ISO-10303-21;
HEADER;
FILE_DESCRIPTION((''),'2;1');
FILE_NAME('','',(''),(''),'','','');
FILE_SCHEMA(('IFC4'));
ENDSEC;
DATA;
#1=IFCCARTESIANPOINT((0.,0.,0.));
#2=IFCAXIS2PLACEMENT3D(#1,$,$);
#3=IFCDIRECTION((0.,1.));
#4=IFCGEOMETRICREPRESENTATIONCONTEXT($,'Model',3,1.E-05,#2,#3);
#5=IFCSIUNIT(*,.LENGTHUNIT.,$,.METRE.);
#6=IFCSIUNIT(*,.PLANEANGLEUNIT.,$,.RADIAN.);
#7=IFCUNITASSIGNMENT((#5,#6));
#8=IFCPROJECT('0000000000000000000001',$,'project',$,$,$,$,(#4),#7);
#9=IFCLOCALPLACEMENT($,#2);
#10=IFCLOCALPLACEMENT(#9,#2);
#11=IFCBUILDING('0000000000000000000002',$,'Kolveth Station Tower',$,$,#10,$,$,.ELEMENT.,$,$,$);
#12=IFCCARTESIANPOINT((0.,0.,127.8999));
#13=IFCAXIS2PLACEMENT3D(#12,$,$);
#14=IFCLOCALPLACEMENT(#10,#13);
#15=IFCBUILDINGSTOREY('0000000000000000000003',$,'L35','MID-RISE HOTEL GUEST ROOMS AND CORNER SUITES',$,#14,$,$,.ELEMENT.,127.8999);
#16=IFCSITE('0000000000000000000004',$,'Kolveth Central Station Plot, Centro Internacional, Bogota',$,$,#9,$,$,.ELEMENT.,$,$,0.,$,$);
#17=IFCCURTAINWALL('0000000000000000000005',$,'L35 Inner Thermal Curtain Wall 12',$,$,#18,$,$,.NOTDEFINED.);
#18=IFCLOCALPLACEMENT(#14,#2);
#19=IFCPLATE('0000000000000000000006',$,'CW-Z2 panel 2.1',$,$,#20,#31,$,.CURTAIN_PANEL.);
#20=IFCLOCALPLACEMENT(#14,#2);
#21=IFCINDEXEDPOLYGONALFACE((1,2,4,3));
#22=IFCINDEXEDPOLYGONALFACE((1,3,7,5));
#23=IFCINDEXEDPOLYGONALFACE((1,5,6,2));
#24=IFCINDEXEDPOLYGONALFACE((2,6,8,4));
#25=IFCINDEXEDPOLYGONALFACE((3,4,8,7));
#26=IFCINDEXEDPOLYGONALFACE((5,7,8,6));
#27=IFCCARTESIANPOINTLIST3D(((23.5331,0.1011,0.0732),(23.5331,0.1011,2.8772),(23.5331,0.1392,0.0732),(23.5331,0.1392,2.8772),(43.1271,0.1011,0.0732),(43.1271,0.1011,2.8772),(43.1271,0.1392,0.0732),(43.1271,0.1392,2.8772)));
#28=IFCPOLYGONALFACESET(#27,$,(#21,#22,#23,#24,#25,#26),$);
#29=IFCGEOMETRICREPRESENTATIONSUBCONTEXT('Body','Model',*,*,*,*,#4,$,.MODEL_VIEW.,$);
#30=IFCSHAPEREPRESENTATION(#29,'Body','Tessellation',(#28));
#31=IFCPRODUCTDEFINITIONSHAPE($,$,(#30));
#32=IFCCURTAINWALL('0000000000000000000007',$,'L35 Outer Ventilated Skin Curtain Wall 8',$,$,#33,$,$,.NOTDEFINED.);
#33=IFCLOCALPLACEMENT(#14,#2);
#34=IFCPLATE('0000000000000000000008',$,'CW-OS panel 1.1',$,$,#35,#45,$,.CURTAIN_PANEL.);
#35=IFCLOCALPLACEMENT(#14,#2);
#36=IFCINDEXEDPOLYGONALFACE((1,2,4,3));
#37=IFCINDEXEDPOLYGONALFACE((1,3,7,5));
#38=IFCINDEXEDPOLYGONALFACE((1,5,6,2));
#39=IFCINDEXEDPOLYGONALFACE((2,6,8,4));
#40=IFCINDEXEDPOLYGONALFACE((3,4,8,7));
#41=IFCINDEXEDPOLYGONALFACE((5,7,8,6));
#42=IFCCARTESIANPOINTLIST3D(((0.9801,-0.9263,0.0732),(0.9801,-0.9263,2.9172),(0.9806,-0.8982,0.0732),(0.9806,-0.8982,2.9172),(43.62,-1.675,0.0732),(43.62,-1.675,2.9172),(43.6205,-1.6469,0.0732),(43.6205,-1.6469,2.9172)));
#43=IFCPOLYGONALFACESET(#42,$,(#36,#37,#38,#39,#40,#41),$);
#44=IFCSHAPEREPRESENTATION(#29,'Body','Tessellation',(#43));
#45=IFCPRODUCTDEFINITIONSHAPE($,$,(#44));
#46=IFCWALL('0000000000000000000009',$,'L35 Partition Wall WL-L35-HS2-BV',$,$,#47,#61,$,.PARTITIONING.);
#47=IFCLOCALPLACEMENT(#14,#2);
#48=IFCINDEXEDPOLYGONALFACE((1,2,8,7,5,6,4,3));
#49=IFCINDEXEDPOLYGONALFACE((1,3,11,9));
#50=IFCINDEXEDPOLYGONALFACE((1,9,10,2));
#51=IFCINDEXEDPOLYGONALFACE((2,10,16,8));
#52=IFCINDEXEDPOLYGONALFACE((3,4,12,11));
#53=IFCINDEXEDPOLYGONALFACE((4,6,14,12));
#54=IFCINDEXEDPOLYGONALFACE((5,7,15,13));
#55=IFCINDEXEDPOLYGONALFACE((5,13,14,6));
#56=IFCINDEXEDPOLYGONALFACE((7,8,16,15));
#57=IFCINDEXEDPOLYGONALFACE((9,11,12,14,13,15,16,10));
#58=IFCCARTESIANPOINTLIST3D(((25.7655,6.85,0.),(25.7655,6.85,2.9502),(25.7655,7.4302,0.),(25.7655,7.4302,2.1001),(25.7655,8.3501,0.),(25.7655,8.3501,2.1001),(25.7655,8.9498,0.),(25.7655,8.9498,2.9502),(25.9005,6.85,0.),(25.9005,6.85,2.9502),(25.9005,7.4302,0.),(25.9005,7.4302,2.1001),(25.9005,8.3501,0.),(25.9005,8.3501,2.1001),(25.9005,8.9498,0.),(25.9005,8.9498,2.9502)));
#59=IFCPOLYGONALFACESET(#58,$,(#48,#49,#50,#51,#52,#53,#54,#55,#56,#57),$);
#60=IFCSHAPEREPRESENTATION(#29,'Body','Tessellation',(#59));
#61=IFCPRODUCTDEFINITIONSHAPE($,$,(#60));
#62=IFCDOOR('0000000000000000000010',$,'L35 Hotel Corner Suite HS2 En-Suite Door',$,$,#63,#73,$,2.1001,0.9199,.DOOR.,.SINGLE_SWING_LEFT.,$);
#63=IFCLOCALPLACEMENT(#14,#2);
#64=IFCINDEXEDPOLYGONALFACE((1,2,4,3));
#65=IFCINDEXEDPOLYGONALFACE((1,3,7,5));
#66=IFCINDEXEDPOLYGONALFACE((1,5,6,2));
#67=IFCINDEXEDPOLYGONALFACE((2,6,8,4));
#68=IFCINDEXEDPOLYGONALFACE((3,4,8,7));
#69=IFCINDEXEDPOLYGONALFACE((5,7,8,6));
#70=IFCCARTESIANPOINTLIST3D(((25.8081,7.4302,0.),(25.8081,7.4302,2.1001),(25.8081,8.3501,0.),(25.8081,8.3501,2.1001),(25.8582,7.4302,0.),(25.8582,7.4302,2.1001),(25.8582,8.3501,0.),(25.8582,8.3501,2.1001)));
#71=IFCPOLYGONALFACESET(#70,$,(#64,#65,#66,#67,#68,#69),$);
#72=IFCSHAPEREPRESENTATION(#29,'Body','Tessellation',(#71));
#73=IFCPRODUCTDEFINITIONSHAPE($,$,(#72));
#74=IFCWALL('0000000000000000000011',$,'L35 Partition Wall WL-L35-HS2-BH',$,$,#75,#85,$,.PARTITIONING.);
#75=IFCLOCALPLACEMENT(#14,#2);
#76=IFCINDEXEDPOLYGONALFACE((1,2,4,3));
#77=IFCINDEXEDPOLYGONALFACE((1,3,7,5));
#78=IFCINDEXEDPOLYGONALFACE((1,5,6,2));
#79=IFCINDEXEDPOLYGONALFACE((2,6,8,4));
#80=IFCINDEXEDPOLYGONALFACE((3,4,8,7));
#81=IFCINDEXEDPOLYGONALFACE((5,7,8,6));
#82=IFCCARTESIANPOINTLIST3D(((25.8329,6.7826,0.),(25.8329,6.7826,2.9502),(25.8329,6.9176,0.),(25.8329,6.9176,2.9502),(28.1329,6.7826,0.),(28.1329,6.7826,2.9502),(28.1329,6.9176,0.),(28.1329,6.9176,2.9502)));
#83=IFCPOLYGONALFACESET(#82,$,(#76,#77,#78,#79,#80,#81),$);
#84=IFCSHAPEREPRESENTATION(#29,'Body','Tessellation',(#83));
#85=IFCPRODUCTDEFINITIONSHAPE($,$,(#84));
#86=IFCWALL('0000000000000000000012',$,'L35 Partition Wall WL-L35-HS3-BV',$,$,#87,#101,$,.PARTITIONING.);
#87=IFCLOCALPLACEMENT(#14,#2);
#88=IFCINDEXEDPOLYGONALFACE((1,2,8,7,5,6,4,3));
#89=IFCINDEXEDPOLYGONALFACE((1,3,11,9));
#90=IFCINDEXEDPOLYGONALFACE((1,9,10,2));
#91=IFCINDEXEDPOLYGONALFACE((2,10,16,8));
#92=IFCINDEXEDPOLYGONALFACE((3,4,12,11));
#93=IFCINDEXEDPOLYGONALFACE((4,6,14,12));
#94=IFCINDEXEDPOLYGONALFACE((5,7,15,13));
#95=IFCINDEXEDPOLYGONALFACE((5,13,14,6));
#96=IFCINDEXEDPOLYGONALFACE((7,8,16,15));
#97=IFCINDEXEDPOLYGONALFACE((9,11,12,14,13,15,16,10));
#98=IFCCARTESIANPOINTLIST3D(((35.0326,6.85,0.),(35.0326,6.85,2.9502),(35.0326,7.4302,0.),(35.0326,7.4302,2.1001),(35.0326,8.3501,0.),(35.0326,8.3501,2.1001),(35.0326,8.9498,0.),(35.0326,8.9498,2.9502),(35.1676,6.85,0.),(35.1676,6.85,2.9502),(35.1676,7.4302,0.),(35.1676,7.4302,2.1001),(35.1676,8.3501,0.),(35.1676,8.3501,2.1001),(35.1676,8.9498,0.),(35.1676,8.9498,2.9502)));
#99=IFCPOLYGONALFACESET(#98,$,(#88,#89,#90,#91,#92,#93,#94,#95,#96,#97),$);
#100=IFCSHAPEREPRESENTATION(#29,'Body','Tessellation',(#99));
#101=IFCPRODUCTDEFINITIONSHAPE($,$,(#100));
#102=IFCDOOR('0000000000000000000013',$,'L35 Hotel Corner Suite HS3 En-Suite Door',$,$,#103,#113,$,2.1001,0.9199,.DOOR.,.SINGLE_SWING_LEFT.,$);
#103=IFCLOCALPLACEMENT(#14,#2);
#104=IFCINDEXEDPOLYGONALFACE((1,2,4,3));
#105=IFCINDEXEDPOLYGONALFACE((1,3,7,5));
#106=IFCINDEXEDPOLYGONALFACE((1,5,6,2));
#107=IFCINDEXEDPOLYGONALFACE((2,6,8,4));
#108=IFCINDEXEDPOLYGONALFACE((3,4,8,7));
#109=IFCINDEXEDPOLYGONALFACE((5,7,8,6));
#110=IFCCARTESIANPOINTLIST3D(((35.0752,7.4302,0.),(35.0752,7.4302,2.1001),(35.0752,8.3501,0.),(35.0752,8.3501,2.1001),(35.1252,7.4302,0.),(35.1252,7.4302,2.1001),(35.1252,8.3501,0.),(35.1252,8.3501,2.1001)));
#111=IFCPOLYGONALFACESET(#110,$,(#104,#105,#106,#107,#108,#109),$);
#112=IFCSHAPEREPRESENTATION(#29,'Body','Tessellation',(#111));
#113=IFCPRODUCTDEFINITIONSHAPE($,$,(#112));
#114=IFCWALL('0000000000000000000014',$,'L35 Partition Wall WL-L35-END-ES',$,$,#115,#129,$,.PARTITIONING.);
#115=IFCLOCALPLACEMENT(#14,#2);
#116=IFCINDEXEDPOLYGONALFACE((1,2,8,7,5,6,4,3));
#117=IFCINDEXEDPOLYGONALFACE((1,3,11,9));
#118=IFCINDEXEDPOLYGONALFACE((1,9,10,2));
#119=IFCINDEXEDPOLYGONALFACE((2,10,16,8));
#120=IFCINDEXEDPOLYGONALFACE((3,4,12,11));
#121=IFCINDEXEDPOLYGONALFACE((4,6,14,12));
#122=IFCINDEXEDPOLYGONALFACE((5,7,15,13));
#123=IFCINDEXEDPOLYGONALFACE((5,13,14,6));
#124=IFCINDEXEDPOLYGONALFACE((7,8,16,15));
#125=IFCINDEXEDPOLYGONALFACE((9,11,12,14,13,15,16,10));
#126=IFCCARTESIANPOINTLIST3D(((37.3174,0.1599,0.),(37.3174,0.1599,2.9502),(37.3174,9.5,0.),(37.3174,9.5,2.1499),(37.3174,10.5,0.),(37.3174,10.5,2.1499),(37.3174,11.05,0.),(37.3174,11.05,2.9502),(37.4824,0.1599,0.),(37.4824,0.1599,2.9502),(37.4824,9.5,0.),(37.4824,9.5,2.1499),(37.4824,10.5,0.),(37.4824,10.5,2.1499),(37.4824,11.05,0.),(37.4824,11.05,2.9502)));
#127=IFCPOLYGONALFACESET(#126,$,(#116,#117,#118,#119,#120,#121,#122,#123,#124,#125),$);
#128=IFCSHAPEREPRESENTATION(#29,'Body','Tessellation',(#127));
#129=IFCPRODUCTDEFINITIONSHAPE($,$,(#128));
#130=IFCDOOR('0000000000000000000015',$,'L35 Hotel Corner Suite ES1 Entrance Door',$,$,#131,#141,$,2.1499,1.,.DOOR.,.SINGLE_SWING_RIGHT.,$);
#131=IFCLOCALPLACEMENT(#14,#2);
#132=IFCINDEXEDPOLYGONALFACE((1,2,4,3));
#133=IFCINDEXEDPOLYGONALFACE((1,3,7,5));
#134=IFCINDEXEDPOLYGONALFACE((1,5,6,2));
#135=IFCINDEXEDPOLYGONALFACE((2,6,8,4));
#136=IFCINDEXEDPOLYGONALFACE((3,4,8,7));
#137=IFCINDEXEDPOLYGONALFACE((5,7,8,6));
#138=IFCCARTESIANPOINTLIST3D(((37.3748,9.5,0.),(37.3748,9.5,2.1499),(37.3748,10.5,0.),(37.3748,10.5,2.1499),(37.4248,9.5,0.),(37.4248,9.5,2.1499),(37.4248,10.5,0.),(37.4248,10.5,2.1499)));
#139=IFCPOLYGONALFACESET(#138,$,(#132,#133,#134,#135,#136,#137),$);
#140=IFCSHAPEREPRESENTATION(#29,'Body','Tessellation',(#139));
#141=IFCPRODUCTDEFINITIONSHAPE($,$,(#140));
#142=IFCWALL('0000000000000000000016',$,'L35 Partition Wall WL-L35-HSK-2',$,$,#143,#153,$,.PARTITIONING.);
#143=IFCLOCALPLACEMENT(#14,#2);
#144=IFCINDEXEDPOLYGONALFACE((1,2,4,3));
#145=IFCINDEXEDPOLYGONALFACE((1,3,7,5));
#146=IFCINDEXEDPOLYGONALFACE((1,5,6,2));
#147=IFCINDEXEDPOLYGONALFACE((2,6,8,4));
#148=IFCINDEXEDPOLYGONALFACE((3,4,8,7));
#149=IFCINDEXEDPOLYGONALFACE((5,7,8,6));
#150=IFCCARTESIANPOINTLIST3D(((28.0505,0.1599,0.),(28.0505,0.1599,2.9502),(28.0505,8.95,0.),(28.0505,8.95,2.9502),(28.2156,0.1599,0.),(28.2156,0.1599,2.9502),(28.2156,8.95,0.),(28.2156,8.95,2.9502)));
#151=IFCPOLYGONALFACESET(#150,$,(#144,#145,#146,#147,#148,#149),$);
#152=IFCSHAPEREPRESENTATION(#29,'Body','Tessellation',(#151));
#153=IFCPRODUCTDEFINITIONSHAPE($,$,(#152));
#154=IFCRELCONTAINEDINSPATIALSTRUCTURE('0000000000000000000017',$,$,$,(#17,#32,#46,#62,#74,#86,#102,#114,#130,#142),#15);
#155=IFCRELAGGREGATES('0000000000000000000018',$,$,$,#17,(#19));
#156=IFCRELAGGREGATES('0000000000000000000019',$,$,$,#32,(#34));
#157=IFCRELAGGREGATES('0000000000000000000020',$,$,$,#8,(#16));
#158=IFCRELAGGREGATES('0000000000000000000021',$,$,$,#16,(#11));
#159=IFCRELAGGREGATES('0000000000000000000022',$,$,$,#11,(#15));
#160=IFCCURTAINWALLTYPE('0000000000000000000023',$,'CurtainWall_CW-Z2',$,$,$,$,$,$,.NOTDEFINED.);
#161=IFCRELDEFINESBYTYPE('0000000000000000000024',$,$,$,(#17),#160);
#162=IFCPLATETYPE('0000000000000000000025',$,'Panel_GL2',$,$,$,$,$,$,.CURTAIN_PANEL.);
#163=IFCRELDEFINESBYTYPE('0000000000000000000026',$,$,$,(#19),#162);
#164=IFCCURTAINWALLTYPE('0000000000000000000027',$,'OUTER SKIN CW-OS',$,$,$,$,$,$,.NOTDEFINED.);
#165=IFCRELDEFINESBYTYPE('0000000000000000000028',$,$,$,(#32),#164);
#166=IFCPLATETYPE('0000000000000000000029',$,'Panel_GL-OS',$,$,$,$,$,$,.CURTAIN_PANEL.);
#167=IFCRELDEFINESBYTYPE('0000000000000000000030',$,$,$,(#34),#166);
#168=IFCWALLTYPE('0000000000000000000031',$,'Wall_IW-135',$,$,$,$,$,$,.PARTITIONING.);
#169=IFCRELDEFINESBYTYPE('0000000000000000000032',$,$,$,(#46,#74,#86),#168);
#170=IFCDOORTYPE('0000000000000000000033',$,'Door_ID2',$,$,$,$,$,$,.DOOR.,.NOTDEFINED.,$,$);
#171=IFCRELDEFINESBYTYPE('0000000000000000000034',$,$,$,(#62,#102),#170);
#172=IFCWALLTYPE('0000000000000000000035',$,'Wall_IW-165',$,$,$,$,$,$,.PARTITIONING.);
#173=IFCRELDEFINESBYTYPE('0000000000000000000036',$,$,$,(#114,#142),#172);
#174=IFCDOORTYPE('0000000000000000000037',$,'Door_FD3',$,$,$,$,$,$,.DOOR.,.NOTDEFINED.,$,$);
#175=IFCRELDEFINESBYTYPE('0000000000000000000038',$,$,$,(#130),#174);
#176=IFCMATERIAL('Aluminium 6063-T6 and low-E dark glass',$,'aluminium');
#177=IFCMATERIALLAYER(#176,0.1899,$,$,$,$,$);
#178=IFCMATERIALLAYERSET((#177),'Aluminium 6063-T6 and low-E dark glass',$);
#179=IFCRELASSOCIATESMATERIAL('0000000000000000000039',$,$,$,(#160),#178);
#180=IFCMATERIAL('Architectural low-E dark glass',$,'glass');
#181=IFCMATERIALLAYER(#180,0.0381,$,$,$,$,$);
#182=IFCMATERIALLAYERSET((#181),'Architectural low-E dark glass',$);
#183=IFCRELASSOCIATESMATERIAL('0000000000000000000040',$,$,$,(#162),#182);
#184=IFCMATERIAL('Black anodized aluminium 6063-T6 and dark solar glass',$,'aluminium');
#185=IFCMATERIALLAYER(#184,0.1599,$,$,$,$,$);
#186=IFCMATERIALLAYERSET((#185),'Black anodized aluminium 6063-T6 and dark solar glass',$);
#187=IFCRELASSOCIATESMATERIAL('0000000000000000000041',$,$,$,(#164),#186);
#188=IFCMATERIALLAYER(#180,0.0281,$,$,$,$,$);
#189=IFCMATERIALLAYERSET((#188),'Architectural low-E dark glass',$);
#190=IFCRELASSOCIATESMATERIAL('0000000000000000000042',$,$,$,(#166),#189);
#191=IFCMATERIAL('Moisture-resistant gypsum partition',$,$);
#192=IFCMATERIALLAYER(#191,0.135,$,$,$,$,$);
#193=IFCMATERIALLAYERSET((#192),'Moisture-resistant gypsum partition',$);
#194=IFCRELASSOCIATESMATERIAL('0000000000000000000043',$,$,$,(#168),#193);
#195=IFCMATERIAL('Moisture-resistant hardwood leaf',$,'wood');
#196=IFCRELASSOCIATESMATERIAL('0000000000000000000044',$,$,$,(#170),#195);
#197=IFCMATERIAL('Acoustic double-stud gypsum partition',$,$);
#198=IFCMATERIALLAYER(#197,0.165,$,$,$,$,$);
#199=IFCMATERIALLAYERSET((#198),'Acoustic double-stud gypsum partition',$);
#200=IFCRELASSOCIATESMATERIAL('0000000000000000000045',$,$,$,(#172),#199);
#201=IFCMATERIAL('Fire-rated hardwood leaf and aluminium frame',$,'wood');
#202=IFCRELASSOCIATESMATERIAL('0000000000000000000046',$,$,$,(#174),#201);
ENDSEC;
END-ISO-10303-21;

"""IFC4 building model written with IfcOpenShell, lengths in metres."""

from ifc_helpers import new_model, si_unit, direction, frame, frame_2d, origin, origin_2d, place, context, subcontext, project, spatial, rectangle, extrude, source, transform, mapped, material, layer, layer_set, type_object, element, fill, aggregate, save


model = new_model("IFC4")

# Units and contexts
model_context = context("Model", 3, precision=1e-05, world=origin(), true_north=direction((0.0, 1.0)))
body_context = subcontext(model_context, "Body", "Model", "MODEL_VIEW")
ifc_project = project(units=[si_unit("LENGTHUNIT", "METRE"), si_unit("PLANEANGLEUNIT", "RADIAN")], contexts=[model_context])

# Site, building, storey
site_placement = place(None, origin())
site = spatial("IfcSite", under=ifc_project, at=site_placement, Name="Kolveth Central Station Plot, Centro Internacional, Bogota", CompositionType="ELEMENT", RefElevation=0.0)
building_placement = place(site_placement, origin())
building = spatial("IfcBuilding", under=site, at=building_placement, Name="Kolveth Station Tower", CompositionType="ELEMENT")
storey_placement = place(building_placement, frame((0.0, 0.0, 127.8999)))
storey = spatial("IfcBuildingStorey", under=building, at=storey_placement, Name="L35", Description="MID-RISE HOTEL GUEST ROOMS AND CORNER SUITES", CompositionType="ELEMENT", Elevation=127.8999)

# Curtain wall, plate
ifc_material_1 = material(Name="Aluminium 6063-T6 and low-E dark glass", Category="aluminium")
ifc_layer_1 = layer(ifc_material_1, 0.1899)
ifc_layer_set_1 = layer_set([ifc_layer_1], Name="Aluminium 6063-T6 and low-E dark glass")
curtain_wall_type_1 = type_object("IfcCurtainWallType", Name="CurtainWall_CW-Z2", PredefinedType="NOTDEFINED", material=ifc_layer_set_1)
curtain_wall_1_placement = place(storey_placement, origin())
curtain_wall_1 = element("IfcCurtainWall", 1, at=curtain_wall_1_placement, inside=storey, type_object=curtain_wall_type_1, Name="L35 Inner Thermal Curtain Wall 12", PredefinedType="NOTDEFINED")
ifc_material_2 = material(Name="Architectural low-E dark glass", Category="glass")
ifc_layer_2 = layer(ifc_material_2, 0.0381)
ifc_layer_set_2 = layer_set([ifc_layer_2], Name="Architectural low-E dark glass")
plate_type_1 = type_object("IfcPlateType", Name="Panel_GL2", PredefinedType="CURTAIN_PANEL", material=ifc_layer_set_2)
shared_shape_1 = source(origin(), body_context, "Body", "SweptSolid", [
    extrude(rectangle(XDim=19.594, YDim=0.0381, at=origin_2d()), origin(), (0.0, 0.0, 1.0), 2.804),
])
plate_1_placement = place(storey_placement, frame((33.3301, 0.1201, 0.0732), z_axis=(0.0, 0.0, 1.0), x_axis=(1.0, 0.0, 0.0)))
plate_1 = element("IfcPlate", 2, at=plate_1_placement, type_object=plate_type_1, Name="CW-Z2 panel 2.1", PredefinedType="CURTAIN_PANEL", context=body_context, shape_type="MappedRepresentation", body=[
    mapped(shared_shape_1, transform((0.0, 0.0, 0.0), x_axis=(1.0, 0.0, 0.0), y_axis=(0.0, 1.0, 0.0), z_axis=(0.0, 0.0, 1.0), scale=1.0)),
])
aggregate(curtain_wall_1, [plate_1])

# Curtain wall, plate
ifc_material_3 = material(Name="Black anodized aluminium 6063-T6 and dark solar glass", Category="aluminium")
ifc_layer_3 = layer(ifc_material_3, 0.1599)
ifc_layer_set_3 = layer_set([ifc_layer_3], Name="Black anodized aluminium 6063-T6 and dark solar glass")
curtain_wall_type_2 = type_object("IfcCurtainWallType", Name="OUTER SKIN CW-OS", PredefinedType="NOTDEFINED", material=ifc_layer_set_3)
curtain_wall_2_placement = place(storey_placement, origin())
curtain_wall_2 = element("IfcCurtainWall", 3, at=curtain_wall_2_placement, inside=storey, type_object=curtain_wall_type_2, Name="L35 Outer Ventilated Skin Curtain Wall 8", PredefinedType="NOTDEFINED")
ifc_layer_4 = layer(ifc_material_2, 0.0281)
ifc_layer_set_4 = layer_set([ifc_layer_4], Name="Architectural low-E dark glass")
plate_type_2 = type_object("IfcPlateType", Name="Panel_GL-OS", PredefinedType="CURTAIN_PANEL", material=ifc_layer_set_4)
shared_shape_2 = source(origin(), body_context, "Body", "SweptSolid", [
    extrude(rectangle(XDim=42.6465, YDim=0.0281, at=origin_2d()), origin(), (0.0, 0.0, 1.0), 2.844),
])
plate_2_placement = place(storey_placement, frame((22.3003, -1.2866, 0.0732), z_axis=(0.0, 0.0, 1.0), x_axis=(0.999846, -0.017556, 0.0)))
plate_2 = element("IfcPlate", 4, at=plate_2_placement, type_object=plate_type_2, Name="CW-OS panel 1.1", PredefinedType="CURTAIN_PANEL", context=body_context, shape_type="MappedRepresentation", body=[
    mapped(shared_shape_2, transform((0.0, 0.0, 0.0), x_axis=(1.0, 0.0, 0.0), y_axis=(0.0, 1.0, 0.0), z_axis=(0.0, 0.0, 1.0), scale=1.0)),
])
aggregate(curtain_wall_2, [plate_2])

# Wall, opening, door
ifc_material_4 = material(Name="Moisture-resistant gypsum partition")
ifc_layer_5 = layer(ifc_material_4, 0.135)
ifc_layer_set_5 = layer_set([ifc_layer_5], Name="Moisture-resistant gypsum partition")
wall_type_1 = type_object("IfcWallType", Name="Wall_IW-135", PredefinedType="PARTITIONING", material=ifc_layer_set_5)
wall_1_placement = place(storey_placement, frame((25.833, 6.8501, 0.0), z_axis=(0.0, 0.0, 1.0), x_axis=(0.0, 1.0, 0.0)))
wall_1 = element("IfcWall", 5, at=wall_1_placement, inside=storey, type_object=wall_type_1, Name="L35 Partition Wall WL-L35-HS2-BV", PredefinedType="PARTITIONING", context=body_context, shape_type="SweptSolid", body=[
    extrude(rectangle(XDim=2.0999, YDim=0.135, at=frame_2d((1.0498, 0.0))), origin(), (0.0, 0.0, 1.0), 2.9502),
])
opening_1_placement = place(wall_1_placement, frame((0.5801, 0.0, 0.0)))
opening_1 = element("IfcOpeningElement", 6, at=opening_1_placement, cuts=wall_1, PredefinedType="OPENING", context=body_context, shape_type="SweptSolid", body=[
    extrude(rectangle(XDim=0.9199, YDim=2.1001, at=frame_2d((0.46, 1.05))), frame((0.0, 0.0774, 0.0), z_axis=(0.0, -1.0, 0.0), x_axis=(1.0, 0.0, 0.0)), (0.0, 0.0, 1.0), 0.155),
])
ifc_material_5 = material(Name="Moisture-resistant hardwood leaf", Category="wood")
door_type_1 = type_object("IfcDoorType", Name="Door_ID2", OperationType="NOTDEFINED", PredefinedType="DOOR", material=ifc_material_5)
door_1_placement = place(opening_1_placement, origin())
door_1 = element("IfcDoor", 7, at=door_1_placement, inside=storey, type_object=door_type_1, Name="L35 Hotel Corner Suite HS2 En-Suite Door", OperationType="SINGLE_SWING_LEFT", OverallHeight=2.1001, OverallWidth=0.9199, PredefinedType="DOOR", context=body_context, shape_type="SweptSolid", body=[
    extrude(rectangle(XDim=0.9199, YDim=2.1001, at=frame_2d((0.46, 1.05))), frame((0.0, 0.0249, 0.0), z_axis=(0.0, -1.0, 0.0), x_axis=(1.0, 0.0, 0.0)), (0.0, 0.0, 1.0), 0.05),
])
fill(opening_1, door_1)

# Wall
wall_2_placement = place(storey_placement, frame((25.833, 6.8501, 0.0), z_axis=(0.0, 0.0, 1.0), x_axis=(1.0, 0.0, 0.0)))
element("IfcWall", 8, at=wall_2_placement, inside=storey, type_object=wall_type_1, Name="L35 Partition Wall WL-L35-HS2-BH", PredefinedType="PARTITIONING", context=body_context, shape_type="SweptSolid", body=[
    extrude(rectangle(XDim=2.3, YDim=0.135, at=frame_2d((1.1499, 0.0))), origin(), (0.0, 0.0, 1.0), 2.9502),
])

# Walls, openings, doors
wall_3_placement = place(storey_placement, frame((35.1001, 6.8501, 0.0), z_axis=(0.0, 0.0, 1.0), x_axis=(0.0, 1.0, 0.0)))
wall_3 = element("IfcWall", 9, at=wall_3_placement, inside=storey, type_object=wall_type_1, Name="L35 Partition Wall WL-L35-HS3-BV", PredefinedType="PARTITIONING", context=body_context, shape_type="SweptSolid", body=[
    extrude(rectangle(XDim=2.0999, YDim=0.135, at=frame_2d((1.0498, 0.0))), origin(), (0.0, 0.0, 1.0), 2.9502),
])
opening_2_placement = place(wall_3_placement, frame((0.5801, 0.0, 0.0)))
opening_2 = element("IfcOpeningElement", 10, at=opening_2_placement, cuts=wall_3, PredefinedType="OPENING", context=body_context, shape_type="SweptSolid", body=[
    extrude(rectangle(XDim=0.9199, YDim=2.1001, at=frame_2d((0.46, 1.05))), frame((0.0, 0.0774, 0.0), z_axis=(0.0, -1.0, 0.0), x_axis=(1.0, 0.0, 0.0)), (0.0, 0.0, 1.0), 0.155),
])
door_2_placement = place(opening_2_placement, origin())
door_2 = element("IfcDoor", 11, at=door_2_placement, inside=storey, type_object=door_type_1, Name="L35 Hotel Corner Suite HS3 En-Suite Door", OperationType="SINGLE_SWING_LEFT", OverallHeight=2.1001, OverallWidth=0.9199, PredefinedType="DOOR", context=body_context, shape_type="SweptSolid", body=[
    extrude(rectangle(XDim=0.9199, YDim=2.1001, at=frame_2d((0.46, 1.05))), frame((0.0, 0.0249, 0.0), z_axis=(0.0, -1.0, 0.0), x_axis=(1.0, 0.0, 0.0)), (0.0, 0.0, 1.0), 0.05),
])
fill(opening_2, door_2)
ifc_material_6 = material(Name="Acoustic double-stud gypsum partition")
ifc_layer_6 = layer(ifc_material_6, 0.165)
ifc_layer_set_6 = layer_set([ifc_layer_6], Name="Acoustic double-stud gypsum partition")
wall_type_2 = type_object("IfcWallType", Name="Wall_IW-165", PredefinedType="PARTITIONING", material=ifc_layer_set_6)
wall_4_placement = place(storey_placement, frame((37.3999, 0.1599, 0.0), z_axis=(0.0, 0.0, 1.0), x_axis=(0.0, 1.0, 0.0)))
wall_4 = element("IfcWall", 12, at=wall_4_placement, inside=storey, type_object=wall_type_2, Name="L35 Partition Wall WL-L35-END-ES", PredefinedType="PARTITIONING", context=body_context, shape_type="SweptSolid", body=[
    extrude(rectangle(XDim=10.8901, YDim=0.165, at=frame_2d((5.4451, 0.0))), origin(), (0.0, 0.0, 1.0), 2.9502),
])
opening_3_placement = place(wall_4_placement, frame((9.3401, 0.0, 0.0)))
opening_3 = element("IfcOpeningElement", 13, at=opening_3_placement, cuts=wall_4, PredefinedType="OPENING", context=body_context, shape_type="SweptSolid", body=[
    extrude(rectangle(XDim=1.0, YDim=2.1499, at=frame_2d((0.5, 1.075))), frame((0.0, 0.0925, 0.0), z_axis=(0.0, -1.0, 0.0), x_axis=(1.0, 0.0, 0.0)), (0.0, 0.0, 1.0), 0.1851),
])
ifc_material_7 = material(Name="Fire-rated hardwood leaf and aluminium frame", Category="wood")
door_type_2 = type_object("IfcDoorType", Name="Door_FD3", OperationType="NOTDEFINED", PredefinedType="DOOR", material=ifc_material_7)
door_3_placement = place(opening_3_placement, frame((1.0, 0.0, 0.0), z_axis=(0.0, 0.0, 1.0), x_axis=(-1.0, 0.0, 0.0)))
door_3 = element("IfcDoor", 14, at=door_3_placement, inside=storey, type_object=door_type_2, Name="L35 Hotel Corner Suite ES1 Entrance Door", OperationType="SINGLE_SWING_RIGHT", OverallHeight=2.1499, OverallWidth=1.0, PredefinedType="DOOR", context=body_context, shape_type="SweptSolid", body=[
    extrude(rectangle(XDim=1.0, YDim=2.1499, at=frame_2d((0.5, 1.075))), frame((0.0, 0.0249, 0.0), z_axis=(0.0, -1.0, 0.0), x_axis=(1.0, 0.0, 0.0)), (0.0, 0.0, 1.0), 0.05),
])
fill(opening_3, door_3)

# Wall
wall_5_placement = place(storey_placement, frame((28.1331, 0.1599, 0.0), z_axis=(0.0, 0.0, 1.0), x_axis=(0.0, 1.0, 0.0)))
element("IfcWall", 15, at=wall_5_placement, inside=storey, type_object=wall_type_2, Name="L35 Partition Wall WL-L35-HSK-2", PredefinedType="PARTITIONING", context=body_context, shape_type="SweptSolid", body=[
    extrude(rectangle(XDim=8.79, YDim=0.165, at=frame_2d((4.395, 0.0))), origin(), (0.0, 0.0, 1.0), 2.9502),
])

save(model, "model.ifc")
